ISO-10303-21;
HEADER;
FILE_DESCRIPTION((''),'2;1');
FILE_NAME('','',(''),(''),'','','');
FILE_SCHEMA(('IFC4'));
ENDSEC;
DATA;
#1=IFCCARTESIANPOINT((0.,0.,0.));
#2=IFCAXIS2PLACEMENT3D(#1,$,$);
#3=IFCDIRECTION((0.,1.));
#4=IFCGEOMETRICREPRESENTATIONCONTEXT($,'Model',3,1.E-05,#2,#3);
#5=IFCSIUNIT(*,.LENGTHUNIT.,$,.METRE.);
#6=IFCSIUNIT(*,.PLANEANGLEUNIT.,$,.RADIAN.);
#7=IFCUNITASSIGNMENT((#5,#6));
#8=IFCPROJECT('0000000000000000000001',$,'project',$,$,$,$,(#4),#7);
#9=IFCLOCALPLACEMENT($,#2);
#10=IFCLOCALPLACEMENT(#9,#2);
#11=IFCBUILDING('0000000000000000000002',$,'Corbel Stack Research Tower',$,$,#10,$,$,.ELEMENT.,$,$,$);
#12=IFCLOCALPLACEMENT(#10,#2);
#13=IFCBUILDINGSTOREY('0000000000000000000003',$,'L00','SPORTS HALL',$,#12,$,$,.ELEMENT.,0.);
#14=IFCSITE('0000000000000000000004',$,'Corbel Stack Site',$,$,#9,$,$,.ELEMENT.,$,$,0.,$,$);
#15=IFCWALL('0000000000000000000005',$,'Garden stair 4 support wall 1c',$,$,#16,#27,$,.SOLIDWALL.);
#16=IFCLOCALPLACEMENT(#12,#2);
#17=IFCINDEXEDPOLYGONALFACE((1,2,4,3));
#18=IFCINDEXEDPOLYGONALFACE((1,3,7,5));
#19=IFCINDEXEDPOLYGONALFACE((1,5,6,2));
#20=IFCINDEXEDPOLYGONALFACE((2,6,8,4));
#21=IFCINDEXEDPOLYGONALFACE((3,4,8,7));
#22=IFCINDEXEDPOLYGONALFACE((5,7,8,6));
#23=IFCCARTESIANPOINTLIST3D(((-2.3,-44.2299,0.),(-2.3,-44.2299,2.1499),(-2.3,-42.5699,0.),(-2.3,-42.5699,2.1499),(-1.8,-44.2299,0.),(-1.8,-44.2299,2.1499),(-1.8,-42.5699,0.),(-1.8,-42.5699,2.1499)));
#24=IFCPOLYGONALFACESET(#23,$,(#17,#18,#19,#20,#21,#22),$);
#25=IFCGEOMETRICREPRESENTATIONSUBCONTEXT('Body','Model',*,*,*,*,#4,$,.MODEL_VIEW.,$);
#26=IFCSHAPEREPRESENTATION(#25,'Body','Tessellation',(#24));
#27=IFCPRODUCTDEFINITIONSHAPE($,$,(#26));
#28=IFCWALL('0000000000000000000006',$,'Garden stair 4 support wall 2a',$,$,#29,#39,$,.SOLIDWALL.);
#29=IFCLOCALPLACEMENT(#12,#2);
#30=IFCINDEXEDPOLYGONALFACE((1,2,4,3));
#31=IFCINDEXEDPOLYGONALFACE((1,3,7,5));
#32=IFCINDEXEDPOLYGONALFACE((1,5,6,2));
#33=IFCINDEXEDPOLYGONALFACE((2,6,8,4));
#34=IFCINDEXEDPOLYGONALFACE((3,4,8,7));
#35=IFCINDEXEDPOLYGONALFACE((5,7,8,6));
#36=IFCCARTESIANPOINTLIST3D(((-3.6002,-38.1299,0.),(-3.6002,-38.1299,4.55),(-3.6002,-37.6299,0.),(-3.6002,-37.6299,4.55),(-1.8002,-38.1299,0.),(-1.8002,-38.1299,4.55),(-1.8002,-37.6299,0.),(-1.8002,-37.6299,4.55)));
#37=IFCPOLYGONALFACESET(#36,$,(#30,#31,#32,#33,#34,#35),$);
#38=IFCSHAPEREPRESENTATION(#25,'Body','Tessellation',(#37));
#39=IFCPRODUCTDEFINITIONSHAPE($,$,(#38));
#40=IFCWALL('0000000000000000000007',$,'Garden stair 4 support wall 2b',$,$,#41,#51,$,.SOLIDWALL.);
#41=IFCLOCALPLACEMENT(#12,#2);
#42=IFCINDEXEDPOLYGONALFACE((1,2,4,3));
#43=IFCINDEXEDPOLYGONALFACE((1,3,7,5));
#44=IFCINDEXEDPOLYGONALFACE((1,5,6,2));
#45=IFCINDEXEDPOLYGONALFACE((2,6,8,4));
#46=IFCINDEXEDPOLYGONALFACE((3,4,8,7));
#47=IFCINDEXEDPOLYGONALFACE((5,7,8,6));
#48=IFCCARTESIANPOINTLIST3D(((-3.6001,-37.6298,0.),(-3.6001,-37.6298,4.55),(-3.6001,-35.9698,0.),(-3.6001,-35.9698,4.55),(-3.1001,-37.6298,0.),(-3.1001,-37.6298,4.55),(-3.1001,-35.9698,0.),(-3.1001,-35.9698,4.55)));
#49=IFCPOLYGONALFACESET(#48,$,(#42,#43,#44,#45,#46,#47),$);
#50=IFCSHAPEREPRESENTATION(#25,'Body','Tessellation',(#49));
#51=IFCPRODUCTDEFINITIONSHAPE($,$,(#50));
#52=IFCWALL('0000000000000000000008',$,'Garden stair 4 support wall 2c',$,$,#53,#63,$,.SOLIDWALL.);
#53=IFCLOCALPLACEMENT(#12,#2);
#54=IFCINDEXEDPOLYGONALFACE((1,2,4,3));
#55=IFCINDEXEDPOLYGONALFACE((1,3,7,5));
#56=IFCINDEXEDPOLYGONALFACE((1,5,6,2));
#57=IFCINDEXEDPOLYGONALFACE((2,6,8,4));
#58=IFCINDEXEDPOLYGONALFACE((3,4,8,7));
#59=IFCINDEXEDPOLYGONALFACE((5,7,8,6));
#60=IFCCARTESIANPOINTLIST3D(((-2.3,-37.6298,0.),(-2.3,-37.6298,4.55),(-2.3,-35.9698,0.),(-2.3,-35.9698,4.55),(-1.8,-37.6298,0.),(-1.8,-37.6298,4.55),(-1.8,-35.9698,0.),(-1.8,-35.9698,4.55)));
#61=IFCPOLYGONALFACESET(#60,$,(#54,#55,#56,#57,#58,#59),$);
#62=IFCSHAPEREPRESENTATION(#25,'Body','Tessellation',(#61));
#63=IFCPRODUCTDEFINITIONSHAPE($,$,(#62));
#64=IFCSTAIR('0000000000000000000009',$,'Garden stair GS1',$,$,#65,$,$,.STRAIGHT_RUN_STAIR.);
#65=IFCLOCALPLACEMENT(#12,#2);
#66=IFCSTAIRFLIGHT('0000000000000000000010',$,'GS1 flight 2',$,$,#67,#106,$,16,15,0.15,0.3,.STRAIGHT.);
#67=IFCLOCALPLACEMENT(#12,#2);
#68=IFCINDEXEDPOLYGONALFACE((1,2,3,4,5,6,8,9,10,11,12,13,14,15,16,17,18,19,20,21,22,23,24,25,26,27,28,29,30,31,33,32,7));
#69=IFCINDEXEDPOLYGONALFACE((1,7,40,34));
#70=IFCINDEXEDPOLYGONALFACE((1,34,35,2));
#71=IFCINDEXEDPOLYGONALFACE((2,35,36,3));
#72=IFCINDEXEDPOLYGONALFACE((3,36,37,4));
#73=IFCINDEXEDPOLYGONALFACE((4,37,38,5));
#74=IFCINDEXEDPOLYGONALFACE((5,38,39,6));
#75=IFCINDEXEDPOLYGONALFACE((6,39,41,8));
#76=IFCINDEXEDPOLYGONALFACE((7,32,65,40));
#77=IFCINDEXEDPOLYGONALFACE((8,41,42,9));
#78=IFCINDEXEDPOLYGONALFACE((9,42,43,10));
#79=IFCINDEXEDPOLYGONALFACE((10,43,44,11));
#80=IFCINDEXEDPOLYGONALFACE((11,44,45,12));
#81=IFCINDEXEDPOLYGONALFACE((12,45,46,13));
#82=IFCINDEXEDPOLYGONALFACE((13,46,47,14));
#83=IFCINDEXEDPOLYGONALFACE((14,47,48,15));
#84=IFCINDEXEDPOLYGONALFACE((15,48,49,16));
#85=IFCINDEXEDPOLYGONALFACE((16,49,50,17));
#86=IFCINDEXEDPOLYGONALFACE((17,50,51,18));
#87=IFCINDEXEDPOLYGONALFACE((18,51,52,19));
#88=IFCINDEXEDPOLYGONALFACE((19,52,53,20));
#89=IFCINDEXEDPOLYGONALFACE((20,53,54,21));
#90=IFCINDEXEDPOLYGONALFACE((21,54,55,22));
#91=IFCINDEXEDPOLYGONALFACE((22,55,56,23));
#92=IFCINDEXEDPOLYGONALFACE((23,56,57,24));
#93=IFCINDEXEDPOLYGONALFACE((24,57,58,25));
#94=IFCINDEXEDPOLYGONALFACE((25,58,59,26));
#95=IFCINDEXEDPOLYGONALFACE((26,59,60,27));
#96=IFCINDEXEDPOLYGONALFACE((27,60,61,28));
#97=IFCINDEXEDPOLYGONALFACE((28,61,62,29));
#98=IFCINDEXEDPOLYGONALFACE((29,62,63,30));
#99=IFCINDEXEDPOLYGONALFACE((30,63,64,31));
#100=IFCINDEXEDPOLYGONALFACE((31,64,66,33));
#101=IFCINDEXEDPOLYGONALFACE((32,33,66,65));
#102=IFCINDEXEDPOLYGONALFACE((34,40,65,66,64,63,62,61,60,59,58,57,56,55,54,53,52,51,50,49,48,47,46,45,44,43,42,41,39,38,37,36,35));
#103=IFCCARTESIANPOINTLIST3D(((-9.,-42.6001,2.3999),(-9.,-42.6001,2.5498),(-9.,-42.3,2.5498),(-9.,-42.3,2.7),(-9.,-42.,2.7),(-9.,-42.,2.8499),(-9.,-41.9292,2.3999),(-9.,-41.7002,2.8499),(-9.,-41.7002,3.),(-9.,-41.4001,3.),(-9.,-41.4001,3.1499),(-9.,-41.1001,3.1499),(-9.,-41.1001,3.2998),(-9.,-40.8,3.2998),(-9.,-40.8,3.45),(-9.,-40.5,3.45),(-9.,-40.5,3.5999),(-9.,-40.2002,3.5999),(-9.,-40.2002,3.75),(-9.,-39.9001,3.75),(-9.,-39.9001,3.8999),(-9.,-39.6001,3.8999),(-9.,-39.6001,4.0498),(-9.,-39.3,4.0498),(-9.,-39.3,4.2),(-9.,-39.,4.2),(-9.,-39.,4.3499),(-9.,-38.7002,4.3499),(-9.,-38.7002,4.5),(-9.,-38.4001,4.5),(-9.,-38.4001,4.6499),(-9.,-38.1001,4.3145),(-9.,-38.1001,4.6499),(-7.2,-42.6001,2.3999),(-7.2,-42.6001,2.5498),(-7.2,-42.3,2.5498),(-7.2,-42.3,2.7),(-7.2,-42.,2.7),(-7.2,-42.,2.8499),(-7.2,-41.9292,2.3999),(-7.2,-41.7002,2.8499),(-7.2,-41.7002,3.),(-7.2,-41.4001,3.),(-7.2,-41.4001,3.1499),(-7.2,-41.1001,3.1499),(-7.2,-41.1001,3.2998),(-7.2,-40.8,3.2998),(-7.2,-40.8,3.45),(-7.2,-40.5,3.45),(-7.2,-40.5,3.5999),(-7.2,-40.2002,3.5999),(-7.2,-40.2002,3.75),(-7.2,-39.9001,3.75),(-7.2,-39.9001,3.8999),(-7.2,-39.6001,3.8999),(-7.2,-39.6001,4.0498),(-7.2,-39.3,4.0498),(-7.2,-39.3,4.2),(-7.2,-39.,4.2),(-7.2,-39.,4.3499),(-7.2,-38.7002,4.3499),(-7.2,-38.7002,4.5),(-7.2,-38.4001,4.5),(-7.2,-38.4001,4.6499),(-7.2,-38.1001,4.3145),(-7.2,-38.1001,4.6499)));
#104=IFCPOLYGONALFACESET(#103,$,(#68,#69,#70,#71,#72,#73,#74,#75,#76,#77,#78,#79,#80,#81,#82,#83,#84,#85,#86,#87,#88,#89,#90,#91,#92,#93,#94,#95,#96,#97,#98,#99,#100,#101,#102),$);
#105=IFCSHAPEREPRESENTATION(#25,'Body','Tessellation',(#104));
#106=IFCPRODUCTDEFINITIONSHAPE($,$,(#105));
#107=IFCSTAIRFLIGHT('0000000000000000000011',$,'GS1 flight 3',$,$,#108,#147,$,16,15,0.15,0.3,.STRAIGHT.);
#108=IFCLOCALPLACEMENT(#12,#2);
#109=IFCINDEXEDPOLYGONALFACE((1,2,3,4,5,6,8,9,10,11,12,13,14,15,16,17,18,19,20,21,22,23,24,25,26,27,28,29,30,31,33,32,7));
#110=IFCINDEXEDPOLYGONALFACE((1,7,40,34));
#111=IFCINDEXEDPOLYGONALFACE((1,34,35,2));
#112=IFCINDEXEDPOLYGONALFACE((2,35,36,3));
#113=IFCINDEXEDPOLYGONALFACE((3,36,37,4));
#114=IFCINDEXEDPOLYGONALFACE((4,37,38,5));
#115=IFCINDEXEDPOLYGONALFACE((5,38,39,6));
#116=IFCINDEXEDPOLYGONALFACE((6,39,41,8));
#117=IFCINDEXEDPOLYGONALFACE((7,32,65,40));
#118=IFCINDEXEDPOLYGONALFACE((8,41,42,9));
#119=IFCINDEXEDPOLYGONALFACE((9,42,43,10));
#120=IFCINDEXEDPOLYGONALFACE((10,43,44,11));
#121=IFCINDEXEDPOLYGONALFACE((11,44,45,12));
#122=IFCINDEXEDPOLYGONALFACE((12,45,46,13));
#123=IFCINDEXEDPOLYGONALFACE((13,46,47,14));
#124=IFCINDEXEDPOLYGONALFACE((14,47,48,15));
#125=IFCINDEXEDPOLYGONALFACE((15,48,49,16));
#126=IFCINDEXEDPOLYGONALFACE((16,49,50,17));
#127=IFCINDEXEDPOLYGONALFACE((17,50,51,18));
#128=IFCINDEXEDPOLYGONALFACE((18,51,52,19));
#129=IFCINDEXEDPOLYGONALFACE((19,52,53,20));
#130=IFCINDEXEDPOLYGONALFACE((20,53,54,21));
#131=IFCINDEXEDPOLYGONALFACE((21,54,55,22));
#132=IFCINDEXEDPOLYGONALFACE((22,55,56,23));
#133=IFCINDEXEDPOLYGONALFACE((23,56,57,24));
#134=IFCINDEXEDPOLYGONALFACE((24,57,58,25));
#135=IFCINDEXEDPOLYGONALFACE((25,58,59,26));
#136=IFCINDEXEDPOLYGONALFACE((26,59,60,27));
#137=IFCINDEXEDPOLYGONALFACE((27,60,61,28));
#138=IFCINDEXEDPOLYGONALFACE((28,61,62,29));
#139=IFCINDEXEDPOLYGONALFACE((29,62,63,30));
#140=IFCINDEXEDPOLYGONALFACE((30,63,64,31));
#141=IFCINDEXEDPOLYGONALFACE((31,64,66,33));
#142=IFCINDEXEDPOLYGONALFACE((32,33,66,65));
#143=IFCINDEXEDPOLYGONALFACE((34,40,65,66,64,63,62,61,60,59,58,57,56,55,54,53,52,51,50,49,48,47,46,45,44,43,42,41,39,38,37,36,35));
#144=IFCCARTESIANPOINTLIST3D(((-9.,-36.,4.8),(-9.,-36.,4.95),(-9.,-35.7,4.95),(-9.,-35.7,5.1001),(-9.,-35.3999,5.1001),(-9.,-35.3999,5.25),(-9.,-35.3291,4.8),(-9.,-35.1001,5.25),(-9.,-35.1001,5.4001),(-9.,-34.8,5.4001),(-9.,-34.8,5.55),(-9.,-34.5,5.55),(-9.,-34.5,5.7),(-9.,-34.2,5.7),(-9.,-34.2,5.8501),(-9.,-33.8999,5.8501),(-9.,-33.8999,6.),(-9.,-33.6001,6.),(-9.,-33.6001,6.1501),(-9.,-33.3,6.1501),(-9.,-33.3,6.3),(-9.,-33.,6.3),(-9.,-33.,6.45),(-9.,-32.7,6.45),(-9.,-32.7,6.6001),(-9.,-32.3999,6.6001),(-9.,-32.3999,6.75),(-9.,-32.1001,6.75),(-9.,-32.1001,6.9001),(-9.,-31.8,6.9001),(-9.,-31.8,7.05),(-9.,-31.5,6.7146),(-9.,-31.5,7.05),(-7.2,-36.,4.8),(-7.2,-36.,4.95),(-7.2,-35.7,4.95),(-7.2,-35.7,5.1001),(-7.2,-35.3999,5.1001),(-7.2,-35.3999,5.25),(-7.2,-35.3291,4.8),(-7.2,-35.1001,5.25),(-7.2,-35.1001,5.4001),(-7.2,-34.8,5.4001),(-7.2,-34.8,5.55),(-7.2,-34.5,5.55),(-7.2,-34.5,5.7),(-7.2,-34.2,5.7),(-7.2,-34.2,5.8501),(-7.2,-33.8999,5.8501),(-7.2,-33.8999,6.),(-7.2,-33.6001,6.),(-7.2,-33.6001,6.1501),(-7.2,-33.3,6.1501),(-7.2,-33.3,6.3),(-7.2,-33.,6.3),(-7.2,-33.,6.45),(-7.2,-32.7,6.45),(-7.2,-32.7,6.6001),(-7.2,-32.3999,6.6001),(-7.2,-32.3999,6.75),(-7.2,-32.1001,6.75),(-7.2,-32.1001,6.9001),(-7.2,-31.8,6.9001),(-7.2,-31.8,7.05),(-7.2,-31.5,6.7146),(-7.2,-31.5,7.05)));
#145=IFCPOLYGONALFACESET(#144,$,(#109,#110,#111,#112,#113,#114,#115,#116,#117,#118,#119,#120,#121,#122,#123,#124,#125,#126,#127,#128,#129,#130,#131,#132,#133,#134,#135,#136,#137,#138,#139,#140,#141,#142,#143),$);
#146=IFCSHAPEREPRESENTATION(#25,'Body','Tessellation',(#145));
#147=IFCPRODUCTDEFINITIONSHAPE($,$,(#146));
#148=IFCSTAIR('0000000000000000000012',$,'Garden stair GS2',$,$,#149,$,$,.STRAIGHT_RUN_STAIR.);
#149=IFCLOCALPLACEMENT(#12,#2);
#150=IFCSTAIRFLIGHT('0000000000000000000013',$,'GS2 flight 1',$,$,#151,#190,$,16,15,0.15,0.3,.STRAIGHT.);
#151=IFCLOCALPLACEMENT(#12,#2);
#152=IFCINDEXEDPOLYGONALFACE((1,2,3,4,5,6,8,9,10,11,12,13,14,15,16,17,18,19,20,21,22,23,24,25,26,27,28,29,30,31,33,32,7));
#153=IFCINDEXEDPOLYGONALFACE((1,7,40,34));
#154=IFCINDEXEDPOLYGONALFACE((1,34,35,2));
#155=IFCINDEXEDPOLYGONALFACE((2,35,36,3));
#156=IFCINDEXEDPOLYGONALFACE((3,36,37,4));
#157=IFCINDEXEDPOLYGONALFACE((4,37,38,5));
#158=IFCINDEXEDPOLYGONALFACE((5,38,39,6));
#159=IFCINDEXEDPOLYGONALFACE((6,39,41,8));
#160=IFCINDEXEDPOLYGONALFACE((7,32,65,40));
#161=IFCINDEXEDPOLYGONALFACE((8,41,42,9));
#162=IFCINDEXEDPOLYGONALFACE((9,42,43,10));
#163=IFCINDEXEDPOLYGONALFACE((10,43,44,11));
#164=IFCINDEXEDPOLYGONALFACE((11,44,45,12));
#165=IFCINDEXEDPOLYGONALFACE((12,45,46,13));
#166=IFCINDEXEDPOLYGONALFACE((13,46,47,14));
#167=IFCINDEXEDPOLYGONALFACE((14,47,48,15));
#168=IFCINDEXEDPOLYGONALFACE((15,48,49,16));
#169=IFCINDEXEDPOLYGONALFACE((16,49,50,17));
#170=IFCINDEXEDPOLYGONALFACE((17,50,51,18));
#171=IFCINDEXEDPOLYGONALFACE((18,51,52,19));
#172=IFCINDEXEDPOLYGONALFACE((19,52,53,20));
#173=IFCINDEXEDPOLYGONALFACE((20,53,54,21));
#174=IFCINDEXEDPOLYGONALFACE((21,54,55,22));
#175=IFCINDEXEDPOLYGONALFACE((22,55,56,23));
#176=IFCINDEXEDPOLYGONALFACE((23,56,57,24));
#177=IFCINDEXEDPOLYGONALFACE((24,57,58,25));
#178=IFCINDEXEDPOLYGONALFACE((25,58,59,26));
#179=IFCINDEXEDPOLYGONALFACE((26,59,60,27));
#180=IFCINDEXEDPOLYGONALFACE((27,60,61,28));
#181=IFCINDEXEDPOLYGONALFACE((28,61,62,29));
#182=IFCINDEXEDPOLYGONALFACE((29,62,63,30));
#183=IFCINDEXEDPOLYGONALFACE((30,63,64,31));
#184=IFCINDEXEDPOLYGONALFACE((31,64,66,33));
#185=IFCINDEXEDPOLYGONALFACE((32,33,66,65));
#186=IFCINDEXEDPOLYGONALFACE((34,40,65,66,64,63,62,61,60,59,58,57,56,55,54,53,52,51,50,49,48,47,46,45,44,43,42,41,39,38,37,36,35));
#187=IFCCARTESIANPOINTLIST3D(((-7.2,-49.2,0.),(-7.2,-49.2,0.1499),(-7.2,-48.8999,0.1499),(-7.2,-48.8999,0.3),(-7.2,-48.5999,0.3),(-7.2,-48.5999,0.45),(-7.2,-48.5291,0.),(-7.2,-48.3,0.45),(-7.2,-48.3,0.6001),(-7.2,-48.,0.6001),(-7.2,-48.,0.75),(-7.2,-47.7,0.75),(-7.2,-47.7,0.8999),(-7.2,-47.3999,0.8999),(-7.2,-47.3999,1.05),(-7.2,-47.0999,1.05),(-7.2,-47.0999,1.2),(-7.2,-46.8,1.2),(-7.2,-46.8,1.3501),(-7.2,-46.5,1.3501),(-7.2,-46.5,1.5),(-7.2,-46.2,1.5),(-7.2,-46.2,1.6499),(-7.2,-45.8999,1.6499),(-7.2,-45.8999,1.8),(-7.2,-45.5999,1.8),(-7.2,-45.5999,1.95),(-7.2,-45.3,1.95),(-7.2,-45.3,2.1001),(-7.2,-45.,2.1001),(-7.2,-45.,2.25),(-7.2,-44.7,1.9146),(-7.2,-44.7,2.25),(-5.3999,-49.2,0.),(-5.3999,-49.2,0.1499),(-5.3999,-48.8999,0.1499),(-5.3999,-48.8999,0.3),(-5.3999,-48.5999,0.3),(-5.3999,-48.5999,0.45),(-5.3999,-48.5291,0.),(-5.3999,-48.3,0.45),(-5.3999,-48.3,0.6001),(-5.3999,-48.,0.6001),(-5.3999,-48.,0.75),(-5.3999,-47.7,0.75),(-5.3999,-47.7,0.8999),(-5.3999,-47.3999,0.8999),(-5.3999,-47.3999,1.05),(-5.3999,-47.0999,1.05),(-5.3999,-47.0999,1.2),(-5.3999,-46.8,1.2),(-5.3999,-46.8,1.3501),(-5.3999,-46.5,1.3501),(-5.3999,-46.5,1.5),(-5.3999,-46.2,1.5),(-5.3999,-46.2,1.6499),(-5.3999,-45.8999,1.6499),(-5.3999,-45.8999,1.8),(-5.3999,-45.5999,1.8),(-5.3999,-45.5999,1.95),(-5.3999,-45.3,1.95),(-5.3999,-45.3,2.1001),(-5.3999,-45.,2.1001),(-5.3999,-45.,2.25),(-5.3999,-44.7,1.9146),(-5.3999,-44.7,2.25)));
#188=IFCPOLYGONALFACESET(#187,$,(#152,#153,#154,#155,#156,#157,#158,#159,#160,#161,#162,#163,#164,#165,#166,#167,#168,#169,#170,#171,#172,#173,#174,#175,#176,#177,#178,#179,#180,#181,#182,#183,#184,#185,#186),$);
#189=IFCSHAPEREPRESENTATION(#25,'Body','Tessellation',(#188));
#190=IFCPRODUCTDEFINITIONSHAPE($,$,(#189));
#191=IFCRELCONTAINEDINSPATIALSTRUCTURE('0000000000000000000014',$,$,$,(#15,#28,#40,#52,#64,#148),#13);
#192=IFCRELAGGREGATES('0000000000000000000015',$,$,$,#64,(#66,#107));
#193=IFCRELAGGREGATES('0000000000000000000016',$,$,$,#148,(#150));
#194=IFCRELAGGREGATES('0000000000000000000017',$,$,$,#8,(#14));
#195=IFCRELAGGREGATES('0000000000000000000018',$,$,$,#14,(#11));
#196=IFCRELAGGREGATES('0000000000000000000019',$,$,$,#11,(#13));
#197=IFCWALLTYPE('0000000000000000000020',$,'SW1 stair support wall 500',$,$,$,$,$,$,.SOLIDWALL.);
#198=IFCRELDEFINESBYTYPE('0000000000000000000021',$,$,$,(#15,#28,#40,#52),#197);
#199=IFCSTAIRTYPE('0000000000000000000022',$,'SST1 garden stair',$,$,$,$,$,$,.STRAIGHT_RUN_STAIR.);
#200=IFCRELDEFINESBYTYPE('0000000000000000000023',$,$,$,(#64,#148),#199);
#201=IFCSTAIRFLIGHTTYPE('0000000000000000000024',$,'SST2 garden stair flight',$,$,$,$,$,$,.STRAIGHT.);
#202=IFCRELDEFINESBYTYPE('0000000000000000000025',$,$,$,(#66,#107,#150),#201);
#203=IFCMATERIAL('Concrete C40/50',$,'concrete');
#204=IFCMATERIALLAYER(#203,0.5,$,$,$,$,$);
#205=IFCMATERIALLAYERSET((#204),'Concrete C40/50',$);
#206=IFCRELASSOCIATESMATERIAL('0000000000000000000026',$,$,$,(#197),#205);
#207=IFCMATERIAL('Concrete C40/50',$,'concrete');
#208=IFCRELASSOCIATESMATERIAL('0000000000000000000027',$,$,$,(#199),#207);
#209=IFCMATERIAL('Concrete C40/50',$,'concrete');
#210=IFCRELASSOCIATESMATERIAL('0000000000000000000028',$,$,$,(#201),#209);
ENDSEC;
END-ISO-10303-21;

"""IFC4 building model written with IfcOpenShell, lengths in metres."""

from ifc_helpers import new_model, si_unit, direction, frame, frame_2d, origin, place, context, subcontext, project, spatial, polyline, rectangle, outline, extrude, material, layer, layer_set, type_object, element, aggregate, save


model = new_model("IFC4")

# Units and contexts
model_context = context("Model", 3, precision=1e-05, world=origin(), true_north=direction((0.0, 1.0)))
body_context = subcontext(model_context, "Body", "Model", "MODEL_VIEW")
ifc_project = project(units=[si_unit("LENGTHUNIT", "METRE"), si_unit("PLANEANGLEUNIT", "RADIAN")], contexts=[model_context])

# Site, building, storey
site_placement = place(None, origin())
site = spatial("IfcSite", under=ifc_project, at=site_placement, Name="Corbel Stack Site", CompositionType="ELEMENT", RefElevation=0.0)
building_placement = place(site_placement, origin())
building = spatial("IfcBuilding", under=site, at=building_placement, Name="Corbel Stack Research Tower", CompositionType="ELEMENT")
storey_placement = place(building_placement, origin())
storey = spatial("IfcBuildingStorey", under=building, at=storey_placement, Name="L00", Description="SPORTS HALL", CompositionType="ELEMENT", Elevation=0.0)

# Walls
ifc_material_1 = material(Name="Concrete C40/50", Category="concrete")
ifc_layer = layer(ifc_material_1, 0.5)
ifc_layer_set = layer_set([ifc_layer], Name="Concrete C40/50")
wall_type = type_object("IfcWallType", Name="SW1 stair support wall 500", PredefinedType="SOLIDWALL", material=ifc_layer_set)
for number, where, z_axis, x_axis, name in (
    (1, (-2.05, -44.23, 0.0), (0.0, 0.0, 1.0), (0.0, 1.0, 0.0), "Garden stair 4 support wall 1c"),
):
    element("IfcWall", number, at=place(storey_placement, frame(where, z_axis=z_axis, x_axis=x_axis)), inside=storey, type_object=wall_type, Name=name, PredefinedType="SOLIDWALL", context=body_context, shape_type="SweptSolid", body=[
        extrude(rectangle(XDim=1.6599, YDim=0.5, at=frame_2d((0.8301, 0.0))), origin(), (0.0, 0.0, 1.0), 2.1499),
    ])
wall_1_placement = place(storey_placement, frame((-3.6001, -37.8799, 0.0), z_axis=(0.0, 0.0, 1.0), x_axis=(1.0, 0.0, 0.0)))
element("IfcWall", 2, at=wall_1_placement, inside=storey, type_object=wall_type, Name="Garden stair 4 support wall 2a", PredefinedType="SOLIDWALL", context=body_context, shape_type="SweptSolid", body=[
    extrude(rectangle(XDim=1.8, YDim=0.5, at=frame_2d((0.8999, 0.0))), origin(), (0.0, 0.0, 1.0), 4.55),
])
for number, where, z_axis, x_axis, name in (
    (3, (-3.3501, -37.6299, 0.0), (0.0, 0.0, 1.0), (0.0, 1.0, 0.0), "Garden stair 4 support wall 2b"),
    (4, (-2.05, -37.6299, 0.0), (0.0, 0.0, 1.0), (0.0, 1.0, 0.0), "Garden stair 4 support wall 2c"),
):
    element("IfcWall", number, at=place(storey_placement, frame(where, z_axis=z_axis, x_axis=x_axis)), inside=storey, type_object=wall_type, Name=name, PredefinedType="SOLIDWALL", context=body_context, shape_type="SweptSolid", body=[
        extrude(rectangle(XDim=1.6599, YDim=0.5, at=frame_2d((0.8301, 0.0))), origin(), (0.0, 0.0, 1.0), 4.55),
    ])

# Stairs, stair flights
ifc_material_2 = material(Name="Concrete C40/50", Category="concrete")
stair_type = type_object("IfcStairType", Name="SST1 garden stair", PredefinedType="STRAIGHT_RUN_STAIR", material=ifc_material_2)
stair_1_placement = place(storey_placement, origin())
stair_1 = element("IfcStair", 5, at=stair_1_placement, inside=storey, type_object=stair_type, Name="Garden stair GS1", PredefinedType="STRAIGHT_RUN_STAIR")
ifc_material_3 = material(Name="Concrete C40/50", Category="concrete")
stair_flight_type = type_object("IfcStairFlightType", Name="SST2 garden stair flight", PredefinedType="STRAIGHT", material=ifc_material_3)
stair_flight_1_placement = place(storey_placement, frame((-8.1001, -42.6001, 2.3999), z_axis=(0.0, 0.0, 1.0), x_axis=(0.0, 1.0, 0.0)))
stair_flight_1 = element("IfcStairFlight", 6, at=stair_flight_1_placement, type_object=stair_flight_type, Name="GS1 flight 2", NumberOfRisers=16, NumberOfTreads=15, PredefinedType="STRAIGHT", RiserHeight=0.15, TreadLength=0.3, context=body_context, shape_type="SweptSolid", body=[
    extrude(outline(polyline([(0.0, 0.0), (0.0, 0.1499), (0.3, 0.1499), (0.3, 0.3), (0.6001, 0.3), (0.6001, 0.45), (0.8999, 0.45), (0.8999, 0.6001), (1.2, 0.6001), (1.2, 0.75), (1.5, 0.75), (1.5, 0.8999), (1.8, 0.8999), (1.8, 1.05), (2.1001, 1.05), (2.1001, 1.2), (2.3999, 1.2), (2.3999, 1.3501), (2.7, 1.3501), (2.7, 1.5), (3.0, 1.5), (3.0, 1.6499), (3.3, 1.6499), (3.3, 1.8), (3.6001, 1.8), (3.6001, 1.95), (3.8999, 1.95), (3.8999, 2.1001), (4.2, 2.1001), (4.2, 2.25), (4.5, 2.25), (4.5, 2.3999), (4.5, 1.9146), (0.6709, 0.0), (0.0, 0.0)])), frame((0.0, 0.8999, 0.0), z_axis=(0.0, -1.0, 0.0), x_axis=(1.0, 0.0, 0.0)), (0.0, 0.0, 1.0), 1.8),
])
stair_flight_2_placement = place(storey_placement, frame((-8.1001, -36.0, 4.8), z_axis=(0.0, 0.0, 1.0), x_axis=(0.0, 1.0, 0.0)))
stair_flight_2 = element("IfcStairFlight", 7, at=stair_flight_2_placement, type_object=stair_flight_type, Name="GS1 flight 3", NumberOfRisers=16, NumberOfTreads=15, PredefinedType="STRAIGHT", RiserHeight=0.15, TreadLength=0.3, context=body_context, shape_type="SweptSolid", body=[
    extrude(outline(polyline([(0.0, 0.0), (0.0, 0.1499), (0.3, 0.1499), (0.3, 0.3), (0.6001, 0.3), (0.6001, 0.45), (0.8999, 0.45), (0.8999, 0.6001), (1.2, 0.6001), (1.2, 0.75), (1.5, 0.75), (1.5, 0.8999), (1.8, 0.8999), (1.8, 1.05), (2.1001, 1.05), (2.1001, 1.2), (2.3999, 1.2), (2.3999, 1.3501), (2.7, 1.3501), (2.7, 1.5), (3.0, 1.5), (3.0, 1.6499), (3.3, 1.6499), (3.3, 1.8), (3.6001, 1.8), (3.6001, 1.95), (3.8999, 1.95), (3.8999, 2.1001), (4.2, 2.1001), (4.2, 2.25), (4.5, 2.25), (4.5, 2.3999), (4.5, 1.9146), (0.6709, 0.0), (0.0, 0.0)])), frame((0.0, 0.8999, 0.0), z_axis=(0.0, -1.0, 0.0), x_axis=(1.0, 0.0, 0.0)), (0.0, 0.0, 1.0), 1.8),
])
aggregate(stair_1, [stair_flight_1, stair_flight_2])
stair_2_placement = place(storey_placement, origin())
stair_2 = element("IfcStair", 8, at=stair_2_placement, inside=storey, type_object=stair_type, Name="Garden stair GS2", PredefinedType="STRAIGHT_RUN_STAIR")
stair_flight_3_placement = place(storey_placement, frame((-6.3, -49.2, 0.0), z_axis=(0.0, 0.0, 1.0), x_axis=(0.0, 1.0, 0.0)))
stair_flight_3 = element("IfcStairFlight", 9, at=stair_flight_3_placement, type_object=stair_flight_type, Name="GS2 flight 1", NumberOfRisers=16, NumberOfTreads=15, PredefinedType="STRAIGHT", RiserHeight=0.15, TreadLength=0.3, context=body_context, shape_type="SweptSolid", body=[
    extrude(outline(polyline([(0.0, 0.0), (0.0, 0.1499), (0.3, 0.1499), (0.3, 0.3), (0.6001, 0.3), (0.6001, 0.45), (0.8999, 0.45), (0.8999, 0.6001), (1.2, 0.6001), (1.2, 0.75), (1.5, 0.75), (1.5, 0.8999), (1.8, 0.8999), (1.8, 1.05), (2.1001, 1.05), (2.1001, 1.2), (2.3999, 1.2), (2.3999, 1.3501), (2.7, 1.3501), (2.7, 1.5), (3.0, 1.5), (3.0, 1.6499), (3.3, 1.6499), (3.3, 1.8), (3.6001, 1.8), (3.6001, 1.95), (3.8999, 1.95), (3.8999, 2.1001), (4.2, 2.1001), (4.2, 2.25), (4.5, 2.25), (4.5, 2.3999), (4.5, 1.9146), (0.6709, 0.0), (0.0, 0.0)])), frame((0.0, 0.8999, 0.0), z_axis=(0.0, -1.0, 0.0), x_axis=(1.0, 0.0, 0.0)), (0.0, 0.0, 1.0), 1.8),
])
aggregate(stair_2, [stair_flight_3])

save(model, "model.ifc")
